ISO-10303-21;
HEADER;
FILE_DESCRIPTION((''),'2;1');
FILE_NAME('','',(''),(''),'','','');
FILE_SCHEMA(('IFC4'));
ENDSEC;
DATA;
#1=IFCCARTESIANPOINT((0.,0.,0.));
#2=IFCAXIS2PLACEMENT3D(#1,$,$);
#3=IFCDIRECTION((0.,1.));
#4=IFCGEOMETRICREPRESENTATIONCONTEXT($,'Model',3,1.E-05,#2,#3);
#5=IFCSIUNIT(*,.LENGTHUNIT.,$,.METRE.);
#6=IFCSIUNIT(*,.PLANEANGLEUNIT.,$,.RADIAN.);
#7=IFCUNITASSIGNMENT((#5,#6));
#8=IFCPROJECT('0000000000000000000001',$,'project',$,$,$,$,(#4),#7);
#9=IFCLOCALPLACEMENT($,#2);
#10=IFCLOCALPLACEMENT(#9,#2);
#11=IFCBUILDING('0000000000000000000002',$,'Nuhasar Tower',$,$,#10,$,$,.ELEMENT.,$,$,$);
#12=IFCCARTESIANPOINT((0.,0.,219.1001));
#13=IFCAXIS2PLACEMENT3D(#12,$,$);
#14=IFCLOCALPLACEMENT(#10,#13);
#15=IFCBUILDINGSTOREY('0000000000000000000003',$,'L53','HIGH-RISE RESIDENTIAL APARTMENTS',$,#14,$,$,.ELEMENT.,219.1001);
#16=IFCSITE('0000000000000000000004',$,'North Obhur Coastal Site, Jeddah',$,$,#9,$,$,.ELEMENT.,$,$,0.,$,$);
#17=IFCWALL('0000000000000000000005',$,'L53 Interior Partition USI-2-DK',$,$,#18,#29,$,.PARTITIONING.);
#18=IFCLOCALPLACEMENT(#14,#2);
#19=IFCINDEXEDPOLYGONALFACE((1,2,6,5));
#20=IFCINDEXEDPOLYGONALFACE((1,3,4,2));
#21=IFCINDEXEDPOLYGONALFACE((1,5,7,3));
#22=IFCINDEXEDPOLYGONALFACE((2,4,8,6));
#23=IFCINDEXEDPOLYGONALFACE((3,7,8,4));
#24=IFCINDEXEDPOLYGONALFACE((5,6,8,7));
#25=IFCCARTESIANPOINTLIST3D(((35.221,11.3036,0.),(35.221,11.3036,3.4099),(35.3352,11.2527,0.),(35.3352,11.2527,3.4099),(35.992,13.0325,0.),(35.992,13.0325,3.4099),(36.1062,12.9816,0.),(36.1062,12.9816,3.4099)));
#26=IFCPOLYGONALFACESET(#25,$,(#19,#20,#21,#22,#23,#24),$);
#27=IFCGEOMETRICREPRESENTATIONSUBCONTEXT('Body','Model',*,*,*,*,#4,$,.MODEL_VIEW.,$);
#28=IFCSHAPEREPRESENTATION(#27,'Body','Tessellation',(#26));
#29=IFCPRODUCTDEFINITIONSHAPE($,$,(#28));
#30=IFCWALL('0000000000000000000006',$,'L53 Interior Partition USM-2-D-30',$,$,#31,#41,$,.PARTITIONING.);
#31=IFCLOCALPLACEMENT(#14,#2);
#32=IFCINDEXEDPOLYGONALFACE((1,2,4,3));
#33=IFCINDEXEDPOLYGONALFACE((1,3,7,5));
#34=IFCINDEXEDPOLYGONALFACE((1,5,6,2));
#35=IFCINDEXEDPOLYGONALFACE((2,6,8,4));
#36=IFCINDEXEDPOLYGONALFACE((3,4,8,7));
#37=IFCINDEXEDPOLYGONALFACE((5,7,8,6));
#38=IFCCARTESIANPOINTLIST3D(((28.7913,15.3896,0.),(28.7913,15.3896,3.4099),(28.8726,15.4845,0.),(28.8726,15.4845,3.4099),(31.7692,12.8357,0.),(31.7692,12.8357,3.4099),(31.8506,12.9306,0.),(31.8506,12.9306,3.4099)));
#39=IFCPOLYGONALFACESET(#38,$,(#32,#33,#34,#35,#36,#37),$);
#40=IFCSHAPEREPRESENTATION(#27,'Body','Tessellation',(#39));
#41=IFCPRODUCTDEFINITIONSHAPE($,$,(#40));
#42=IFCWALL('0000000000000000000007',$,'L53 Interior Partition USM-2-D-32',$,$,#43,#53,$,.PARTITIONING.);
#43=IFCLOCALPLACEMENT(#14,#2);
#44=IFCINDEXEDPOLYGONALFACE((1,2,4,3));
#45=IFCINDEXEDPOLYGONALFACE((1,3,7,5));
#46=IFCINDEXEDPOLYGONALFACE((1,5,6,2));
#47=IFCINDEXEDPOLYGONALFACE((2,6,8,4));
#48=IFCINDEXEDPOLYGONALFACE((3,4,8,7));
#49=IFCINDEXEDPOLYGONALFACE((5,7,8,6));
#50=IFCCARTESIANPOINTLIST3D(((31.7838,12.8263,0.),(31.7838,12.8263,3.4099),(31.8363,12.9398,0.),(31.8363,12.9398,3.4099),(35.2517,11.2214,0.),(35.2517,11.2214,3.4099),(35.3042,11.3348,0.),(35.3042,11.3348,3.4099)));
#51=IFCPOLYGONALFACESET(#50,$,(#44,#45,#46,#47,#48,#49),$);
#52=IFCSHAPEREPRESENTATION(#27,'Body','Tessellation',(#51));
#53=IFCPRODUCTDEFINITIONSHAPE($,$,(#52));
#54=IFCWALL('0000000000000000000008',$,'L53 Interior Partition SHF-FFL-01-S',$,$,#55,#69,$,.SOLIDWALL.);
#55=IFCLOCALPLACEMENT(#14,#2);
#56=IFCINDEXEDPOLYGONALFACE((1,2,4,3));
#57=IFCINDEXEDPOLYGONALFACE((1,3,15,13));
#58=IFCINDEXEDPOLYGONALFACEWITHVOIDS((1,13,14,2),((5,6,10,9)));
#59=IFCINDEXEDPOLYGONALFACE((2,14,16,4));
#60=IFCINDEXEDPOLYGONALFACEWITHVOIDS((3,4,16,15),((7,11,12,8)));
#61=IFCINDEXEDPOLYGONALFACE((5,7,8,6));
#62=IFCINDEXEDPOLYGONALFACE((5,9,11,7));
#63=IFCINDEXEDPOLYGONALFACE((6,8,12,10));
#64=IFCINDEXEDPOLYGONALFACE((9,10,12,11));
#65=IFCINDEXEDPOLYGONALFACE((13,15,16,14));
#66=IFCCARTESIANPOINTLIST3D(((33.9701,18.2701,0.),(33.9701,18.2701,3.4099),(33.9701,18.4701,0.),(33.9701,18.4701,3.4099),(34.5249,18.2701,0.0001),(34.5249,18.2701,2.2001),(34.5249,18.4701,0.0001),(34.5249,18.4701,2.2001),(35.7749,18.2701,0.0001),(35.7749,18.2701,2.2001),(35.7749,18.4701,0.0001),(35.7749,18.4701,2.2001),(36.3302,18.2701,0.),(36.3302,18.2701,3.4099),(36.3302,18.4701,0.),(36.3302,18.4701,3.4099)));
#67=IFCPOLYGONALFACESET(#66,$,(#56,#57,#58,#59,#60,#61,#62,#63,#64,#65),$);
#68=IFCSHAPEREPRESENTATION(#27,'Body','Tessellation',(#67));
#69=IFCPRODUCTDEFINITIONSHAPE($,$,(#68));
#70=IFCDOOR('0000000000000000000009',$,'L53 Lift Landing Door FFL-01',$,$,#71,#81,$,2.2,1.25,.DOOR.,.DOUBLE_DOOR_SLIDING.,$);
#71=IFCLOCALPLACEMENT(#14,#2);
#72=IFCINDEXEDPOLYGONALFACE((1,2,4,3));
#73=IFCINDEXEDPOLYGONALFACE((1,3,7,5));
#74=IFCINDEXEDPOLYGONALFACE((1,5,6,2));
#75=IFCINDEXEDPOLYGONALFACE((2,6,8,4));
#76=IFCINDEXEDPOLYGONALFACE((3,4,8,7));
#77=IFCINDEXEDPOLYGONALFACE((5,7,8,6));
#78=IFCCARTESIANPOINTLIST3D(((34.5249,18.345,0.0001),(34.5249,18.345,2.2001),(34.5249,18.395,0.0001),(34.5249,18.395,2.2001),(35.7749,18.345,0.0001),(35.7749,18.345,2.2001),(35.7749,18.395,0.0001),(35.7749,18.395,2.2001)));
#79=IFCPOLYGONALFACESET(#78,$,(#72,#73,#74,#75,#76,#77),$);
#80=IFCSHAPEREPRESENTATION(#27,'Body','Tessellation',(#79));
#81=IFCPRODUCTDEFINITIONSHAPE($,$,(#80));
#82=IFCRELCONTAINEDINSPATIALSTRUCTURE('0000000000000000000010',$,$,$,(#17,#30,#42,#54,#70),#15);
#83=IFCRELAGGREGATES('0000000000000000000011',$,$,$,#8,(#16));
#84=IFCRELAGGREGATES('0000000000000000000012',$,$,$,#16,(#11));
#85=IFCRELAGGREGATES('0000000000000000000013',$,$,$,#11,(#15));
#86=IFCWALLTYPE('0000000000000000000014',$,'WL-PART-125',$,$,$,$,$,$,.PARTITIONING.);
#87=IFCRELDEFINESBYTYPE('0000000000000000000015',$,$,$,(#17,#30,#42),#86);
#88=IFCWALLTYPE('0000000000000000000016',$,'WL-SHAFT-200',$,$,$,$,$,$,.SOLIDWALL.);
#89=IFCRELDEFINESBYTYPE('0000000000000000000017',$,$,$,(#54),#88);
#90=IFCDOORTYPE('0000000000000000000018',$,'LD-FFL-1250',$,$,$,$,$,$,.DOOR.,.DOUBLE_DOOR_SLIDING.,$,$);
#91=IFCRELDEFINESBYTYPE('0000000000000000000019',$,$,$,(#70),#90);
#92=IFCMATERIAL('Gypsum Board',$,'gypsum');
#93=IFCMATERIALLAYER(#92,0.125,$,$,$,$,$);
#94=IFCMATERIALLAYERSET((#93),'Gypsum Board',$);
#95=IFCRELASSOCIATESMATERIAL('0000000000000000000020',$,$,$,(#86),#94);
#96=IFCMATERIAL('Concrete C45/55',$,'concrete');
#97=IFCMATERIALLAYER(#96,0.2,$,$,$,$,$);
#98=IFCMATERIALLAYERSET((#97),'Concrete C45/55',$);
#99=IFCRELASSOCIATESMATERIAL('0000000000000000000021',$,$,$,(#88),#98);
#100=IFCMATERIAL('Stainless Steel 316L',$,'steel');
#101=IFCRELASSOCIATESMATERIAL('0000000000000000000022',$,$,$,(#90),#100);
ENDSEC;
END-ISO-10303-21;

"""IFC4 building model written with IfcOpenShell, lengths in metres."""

from ifc_helpers import new_model, si_unit, direction, frame, frame_2d, origin, place, context, subcontext, project, spatial, rectangle, extrude, material, layer, layer_set, type_object, element, fill, save


model = new_model("IFC4")

# Units and contexts
model_context = context("Model", 3, precision=1e-05, world=origin(), true_north=direction((0.0, 1.0)))
body_context = subcontext(model_context, "Body", "Model", "MODEL_VIEW")
ifc_project = project(units=[si_unit("LENGTHUNIT", "METRE"), si_unit("PLANEANGLEUNIT", "RADIAN")], contexts=[model_context])

# Site, building, storey
site_placement = place(None, origin())
site = spatial("IfcSite", under=ifc_project, at=site_placement, Name="North Obhur Coastal Site, Jeddah", CompositionType="ELEMENT", RefElevation=0.0)
building_placement = place(site_placement, origin())
building = spatial("IfcBuilding", under=site, at=building_placement, Name="Nuhasar Tower", CompositionType="ELEMENT")
storey_placement = place(building_placement, frame((0.0, 0.0, 219.1001)))
storey = spatial("IfcBuildingStorey", under=building, at=storey_placement, Name="L53", Description="HIGH-RISE RESIDENTIAL APARTMENTS", CompositionType="ELEMENT", Elevation=219.1001)

# Walls
ifc_material_1 = material(Name="Gypsum Board", Category="gypsum")
ifc_material_2 = material(Name="Concrete C45/55", Category="concrete")
ifc_layer_1 = layer(ifc_material_1, 0.125)
ifc_layer_set_1 = layer_set([ifc_layer_1], Name="Gypsum Board")
wall_type_1 = type_object("IfcWallType", Name="WL-PART-125", PredefinedType="PARTITIONING", material=ifc_layer_set_1)
wall_1_placement = place(storey_placement, frame((36.0491, 13.0071, 0.0), z_axis=(0.0, 0.0, 1.0), x_axis=(-0.407263, -0.913311, 0.0)))
element("IfcWall", 1, at=wall_1_placement, inside=storey, type_object=wall_type_1, Name="L53 Interior Partition USI-2-DK", PredefinedType="PARTITIONING", context=body_context, shape_type="SweptSolid", body=[
    extrude(rectangle(XDim=1.8931, YDim=0.125, at=frame_2d((0.9465, 0.0))), origin(), (0.0, 0.0, 1.0), 3.4099),
])
wall_2_placement = place(storey_placement, frame((28.832, 15.437, 0.0), z_axis=(0.0, 0.0, 1.0), x_axis=(0.759085, -0.650991, 0.0)))
element("IfcWall", 2, at=wall_2_placement, inside=storey, type_object=wall_type_1, Name="L53 Interior Partition USM-2-D-30", PredefinedType="PARTITIONING", context=body_context, shape_type="SweptSolid", body=[
    extrude(rectangle(XDim=3.9231, YDim=0.125, at=frame_2d((1.9614, 0.0))), origin(), (0.0, 0.0, 1.0), 3.4099),
])
wall_3_placement = place(storey_placement, frame((31.8101, 12.8831, 0.0), z_axis=(0.0, 0.0, 1.0), x_axis=(0.907525, -0.419998, 0.0)))
element("IfcWall", 3, at=wall_3_placement, inside=storey, type_object=wall_type_1, Name="L53 Interior Partition USM-2-D-32", PredefinedType="PARTITIONING", context=body_context, shape_type="SweptSolid", body=[
    extrude(rectangle(XDim=3.8213, YDim=0.125, at=frame_2d((1.9106, 0.0))), origin(), (0.0, 0.0, 1.0), 3.4099),
])

# Wall, opening, door
ifc_layer_2 = layer(ifc_material_2, 0.2)
ifc_layer_set_2 = layer_set([ifc_layer_2], Name="Concrete C45/55")
wall_type_2 = type_object("IfcWallType", Name="WL-SHAFT-200", PredefinedType="SOLIDWALL", material=ifc_layer_set_2)
wall_4_placement = place(storey_placement, frame((33.97, 18.3701, 0.0), z_axis=(0.0, 0.0, 1.0), x_axis=(1.0, 0.0, 0.0)))
wall_4 = element("IfcWall", 4, at=wall_4_placement, inside=storey, type_object=wall_type_2, Name="L53 Interior Partition SHF-FFL-01-S", PredefinedType="SOLIDWALL", context=body_context, shape_type="SweptSolid", body=[
    extrude(rectangle(XDim=2.3601, YDim=0.2, at=frame_2d((1.1802, 0.0))), origin(), (0.0, 0.0, 1.0), 3.4099),
])
opening_placement = place(wall_4_placement, frame((0.5549, 0.0, 0.0)))
opening = element("IfcOpeningElement", 5, at=opening_placement, cuts=wall_4, PredefinedType="OPENING", context=body_context, shape_type="SweptSolid", body=[
    extrude(rectangle(XDim=1.25, YDim=2.2, at=frame_2d((0.625, 1.1001))), frame((0.0, 0.1099, 0.0), z_axis=(0.0, -1.0, 0.0), x_axis=(1.0, 0.0, 0.0)), (0.0, 0.0, 1.0), 0.22),
])
ifc_material_3 = material(Name="Stainless Steel 316L", Category="steel")
door_type = type_object("IfcDoorType", Name="LD-FFL-1250", OperationType="DOUBLE_DOOR_SLIDING", PredefinedType="DOOR", material=ifc_material_3)
door_placement = place(opening_placement, origin())
door = element("IfcDoor", 6, at=door_placement, inside=storey, type_object=door_type, Name="L53 Lift Landing Door FFL-01", OperationType="DOUBLE_DOOR_SLIDING", OverallHeight=2.2, OverallWidth=1.25, PredefinedType="DOOR", context=body_context, shape_type="SweptSolid", body=[
    extrude(rectangle(XDim=1.25, YDim=2.2, at=frame_2d((0.625, 1.1001))), frame((0.0, 0.0249, 0.0), z_axis=(0.0, -1.0, 0.0), x_axis=(1.0, 0.0, 0.0)), (0.0, 0.0, 1.0), 0.05),
])
fill(opening, door)

save(model, "model.ifc")
